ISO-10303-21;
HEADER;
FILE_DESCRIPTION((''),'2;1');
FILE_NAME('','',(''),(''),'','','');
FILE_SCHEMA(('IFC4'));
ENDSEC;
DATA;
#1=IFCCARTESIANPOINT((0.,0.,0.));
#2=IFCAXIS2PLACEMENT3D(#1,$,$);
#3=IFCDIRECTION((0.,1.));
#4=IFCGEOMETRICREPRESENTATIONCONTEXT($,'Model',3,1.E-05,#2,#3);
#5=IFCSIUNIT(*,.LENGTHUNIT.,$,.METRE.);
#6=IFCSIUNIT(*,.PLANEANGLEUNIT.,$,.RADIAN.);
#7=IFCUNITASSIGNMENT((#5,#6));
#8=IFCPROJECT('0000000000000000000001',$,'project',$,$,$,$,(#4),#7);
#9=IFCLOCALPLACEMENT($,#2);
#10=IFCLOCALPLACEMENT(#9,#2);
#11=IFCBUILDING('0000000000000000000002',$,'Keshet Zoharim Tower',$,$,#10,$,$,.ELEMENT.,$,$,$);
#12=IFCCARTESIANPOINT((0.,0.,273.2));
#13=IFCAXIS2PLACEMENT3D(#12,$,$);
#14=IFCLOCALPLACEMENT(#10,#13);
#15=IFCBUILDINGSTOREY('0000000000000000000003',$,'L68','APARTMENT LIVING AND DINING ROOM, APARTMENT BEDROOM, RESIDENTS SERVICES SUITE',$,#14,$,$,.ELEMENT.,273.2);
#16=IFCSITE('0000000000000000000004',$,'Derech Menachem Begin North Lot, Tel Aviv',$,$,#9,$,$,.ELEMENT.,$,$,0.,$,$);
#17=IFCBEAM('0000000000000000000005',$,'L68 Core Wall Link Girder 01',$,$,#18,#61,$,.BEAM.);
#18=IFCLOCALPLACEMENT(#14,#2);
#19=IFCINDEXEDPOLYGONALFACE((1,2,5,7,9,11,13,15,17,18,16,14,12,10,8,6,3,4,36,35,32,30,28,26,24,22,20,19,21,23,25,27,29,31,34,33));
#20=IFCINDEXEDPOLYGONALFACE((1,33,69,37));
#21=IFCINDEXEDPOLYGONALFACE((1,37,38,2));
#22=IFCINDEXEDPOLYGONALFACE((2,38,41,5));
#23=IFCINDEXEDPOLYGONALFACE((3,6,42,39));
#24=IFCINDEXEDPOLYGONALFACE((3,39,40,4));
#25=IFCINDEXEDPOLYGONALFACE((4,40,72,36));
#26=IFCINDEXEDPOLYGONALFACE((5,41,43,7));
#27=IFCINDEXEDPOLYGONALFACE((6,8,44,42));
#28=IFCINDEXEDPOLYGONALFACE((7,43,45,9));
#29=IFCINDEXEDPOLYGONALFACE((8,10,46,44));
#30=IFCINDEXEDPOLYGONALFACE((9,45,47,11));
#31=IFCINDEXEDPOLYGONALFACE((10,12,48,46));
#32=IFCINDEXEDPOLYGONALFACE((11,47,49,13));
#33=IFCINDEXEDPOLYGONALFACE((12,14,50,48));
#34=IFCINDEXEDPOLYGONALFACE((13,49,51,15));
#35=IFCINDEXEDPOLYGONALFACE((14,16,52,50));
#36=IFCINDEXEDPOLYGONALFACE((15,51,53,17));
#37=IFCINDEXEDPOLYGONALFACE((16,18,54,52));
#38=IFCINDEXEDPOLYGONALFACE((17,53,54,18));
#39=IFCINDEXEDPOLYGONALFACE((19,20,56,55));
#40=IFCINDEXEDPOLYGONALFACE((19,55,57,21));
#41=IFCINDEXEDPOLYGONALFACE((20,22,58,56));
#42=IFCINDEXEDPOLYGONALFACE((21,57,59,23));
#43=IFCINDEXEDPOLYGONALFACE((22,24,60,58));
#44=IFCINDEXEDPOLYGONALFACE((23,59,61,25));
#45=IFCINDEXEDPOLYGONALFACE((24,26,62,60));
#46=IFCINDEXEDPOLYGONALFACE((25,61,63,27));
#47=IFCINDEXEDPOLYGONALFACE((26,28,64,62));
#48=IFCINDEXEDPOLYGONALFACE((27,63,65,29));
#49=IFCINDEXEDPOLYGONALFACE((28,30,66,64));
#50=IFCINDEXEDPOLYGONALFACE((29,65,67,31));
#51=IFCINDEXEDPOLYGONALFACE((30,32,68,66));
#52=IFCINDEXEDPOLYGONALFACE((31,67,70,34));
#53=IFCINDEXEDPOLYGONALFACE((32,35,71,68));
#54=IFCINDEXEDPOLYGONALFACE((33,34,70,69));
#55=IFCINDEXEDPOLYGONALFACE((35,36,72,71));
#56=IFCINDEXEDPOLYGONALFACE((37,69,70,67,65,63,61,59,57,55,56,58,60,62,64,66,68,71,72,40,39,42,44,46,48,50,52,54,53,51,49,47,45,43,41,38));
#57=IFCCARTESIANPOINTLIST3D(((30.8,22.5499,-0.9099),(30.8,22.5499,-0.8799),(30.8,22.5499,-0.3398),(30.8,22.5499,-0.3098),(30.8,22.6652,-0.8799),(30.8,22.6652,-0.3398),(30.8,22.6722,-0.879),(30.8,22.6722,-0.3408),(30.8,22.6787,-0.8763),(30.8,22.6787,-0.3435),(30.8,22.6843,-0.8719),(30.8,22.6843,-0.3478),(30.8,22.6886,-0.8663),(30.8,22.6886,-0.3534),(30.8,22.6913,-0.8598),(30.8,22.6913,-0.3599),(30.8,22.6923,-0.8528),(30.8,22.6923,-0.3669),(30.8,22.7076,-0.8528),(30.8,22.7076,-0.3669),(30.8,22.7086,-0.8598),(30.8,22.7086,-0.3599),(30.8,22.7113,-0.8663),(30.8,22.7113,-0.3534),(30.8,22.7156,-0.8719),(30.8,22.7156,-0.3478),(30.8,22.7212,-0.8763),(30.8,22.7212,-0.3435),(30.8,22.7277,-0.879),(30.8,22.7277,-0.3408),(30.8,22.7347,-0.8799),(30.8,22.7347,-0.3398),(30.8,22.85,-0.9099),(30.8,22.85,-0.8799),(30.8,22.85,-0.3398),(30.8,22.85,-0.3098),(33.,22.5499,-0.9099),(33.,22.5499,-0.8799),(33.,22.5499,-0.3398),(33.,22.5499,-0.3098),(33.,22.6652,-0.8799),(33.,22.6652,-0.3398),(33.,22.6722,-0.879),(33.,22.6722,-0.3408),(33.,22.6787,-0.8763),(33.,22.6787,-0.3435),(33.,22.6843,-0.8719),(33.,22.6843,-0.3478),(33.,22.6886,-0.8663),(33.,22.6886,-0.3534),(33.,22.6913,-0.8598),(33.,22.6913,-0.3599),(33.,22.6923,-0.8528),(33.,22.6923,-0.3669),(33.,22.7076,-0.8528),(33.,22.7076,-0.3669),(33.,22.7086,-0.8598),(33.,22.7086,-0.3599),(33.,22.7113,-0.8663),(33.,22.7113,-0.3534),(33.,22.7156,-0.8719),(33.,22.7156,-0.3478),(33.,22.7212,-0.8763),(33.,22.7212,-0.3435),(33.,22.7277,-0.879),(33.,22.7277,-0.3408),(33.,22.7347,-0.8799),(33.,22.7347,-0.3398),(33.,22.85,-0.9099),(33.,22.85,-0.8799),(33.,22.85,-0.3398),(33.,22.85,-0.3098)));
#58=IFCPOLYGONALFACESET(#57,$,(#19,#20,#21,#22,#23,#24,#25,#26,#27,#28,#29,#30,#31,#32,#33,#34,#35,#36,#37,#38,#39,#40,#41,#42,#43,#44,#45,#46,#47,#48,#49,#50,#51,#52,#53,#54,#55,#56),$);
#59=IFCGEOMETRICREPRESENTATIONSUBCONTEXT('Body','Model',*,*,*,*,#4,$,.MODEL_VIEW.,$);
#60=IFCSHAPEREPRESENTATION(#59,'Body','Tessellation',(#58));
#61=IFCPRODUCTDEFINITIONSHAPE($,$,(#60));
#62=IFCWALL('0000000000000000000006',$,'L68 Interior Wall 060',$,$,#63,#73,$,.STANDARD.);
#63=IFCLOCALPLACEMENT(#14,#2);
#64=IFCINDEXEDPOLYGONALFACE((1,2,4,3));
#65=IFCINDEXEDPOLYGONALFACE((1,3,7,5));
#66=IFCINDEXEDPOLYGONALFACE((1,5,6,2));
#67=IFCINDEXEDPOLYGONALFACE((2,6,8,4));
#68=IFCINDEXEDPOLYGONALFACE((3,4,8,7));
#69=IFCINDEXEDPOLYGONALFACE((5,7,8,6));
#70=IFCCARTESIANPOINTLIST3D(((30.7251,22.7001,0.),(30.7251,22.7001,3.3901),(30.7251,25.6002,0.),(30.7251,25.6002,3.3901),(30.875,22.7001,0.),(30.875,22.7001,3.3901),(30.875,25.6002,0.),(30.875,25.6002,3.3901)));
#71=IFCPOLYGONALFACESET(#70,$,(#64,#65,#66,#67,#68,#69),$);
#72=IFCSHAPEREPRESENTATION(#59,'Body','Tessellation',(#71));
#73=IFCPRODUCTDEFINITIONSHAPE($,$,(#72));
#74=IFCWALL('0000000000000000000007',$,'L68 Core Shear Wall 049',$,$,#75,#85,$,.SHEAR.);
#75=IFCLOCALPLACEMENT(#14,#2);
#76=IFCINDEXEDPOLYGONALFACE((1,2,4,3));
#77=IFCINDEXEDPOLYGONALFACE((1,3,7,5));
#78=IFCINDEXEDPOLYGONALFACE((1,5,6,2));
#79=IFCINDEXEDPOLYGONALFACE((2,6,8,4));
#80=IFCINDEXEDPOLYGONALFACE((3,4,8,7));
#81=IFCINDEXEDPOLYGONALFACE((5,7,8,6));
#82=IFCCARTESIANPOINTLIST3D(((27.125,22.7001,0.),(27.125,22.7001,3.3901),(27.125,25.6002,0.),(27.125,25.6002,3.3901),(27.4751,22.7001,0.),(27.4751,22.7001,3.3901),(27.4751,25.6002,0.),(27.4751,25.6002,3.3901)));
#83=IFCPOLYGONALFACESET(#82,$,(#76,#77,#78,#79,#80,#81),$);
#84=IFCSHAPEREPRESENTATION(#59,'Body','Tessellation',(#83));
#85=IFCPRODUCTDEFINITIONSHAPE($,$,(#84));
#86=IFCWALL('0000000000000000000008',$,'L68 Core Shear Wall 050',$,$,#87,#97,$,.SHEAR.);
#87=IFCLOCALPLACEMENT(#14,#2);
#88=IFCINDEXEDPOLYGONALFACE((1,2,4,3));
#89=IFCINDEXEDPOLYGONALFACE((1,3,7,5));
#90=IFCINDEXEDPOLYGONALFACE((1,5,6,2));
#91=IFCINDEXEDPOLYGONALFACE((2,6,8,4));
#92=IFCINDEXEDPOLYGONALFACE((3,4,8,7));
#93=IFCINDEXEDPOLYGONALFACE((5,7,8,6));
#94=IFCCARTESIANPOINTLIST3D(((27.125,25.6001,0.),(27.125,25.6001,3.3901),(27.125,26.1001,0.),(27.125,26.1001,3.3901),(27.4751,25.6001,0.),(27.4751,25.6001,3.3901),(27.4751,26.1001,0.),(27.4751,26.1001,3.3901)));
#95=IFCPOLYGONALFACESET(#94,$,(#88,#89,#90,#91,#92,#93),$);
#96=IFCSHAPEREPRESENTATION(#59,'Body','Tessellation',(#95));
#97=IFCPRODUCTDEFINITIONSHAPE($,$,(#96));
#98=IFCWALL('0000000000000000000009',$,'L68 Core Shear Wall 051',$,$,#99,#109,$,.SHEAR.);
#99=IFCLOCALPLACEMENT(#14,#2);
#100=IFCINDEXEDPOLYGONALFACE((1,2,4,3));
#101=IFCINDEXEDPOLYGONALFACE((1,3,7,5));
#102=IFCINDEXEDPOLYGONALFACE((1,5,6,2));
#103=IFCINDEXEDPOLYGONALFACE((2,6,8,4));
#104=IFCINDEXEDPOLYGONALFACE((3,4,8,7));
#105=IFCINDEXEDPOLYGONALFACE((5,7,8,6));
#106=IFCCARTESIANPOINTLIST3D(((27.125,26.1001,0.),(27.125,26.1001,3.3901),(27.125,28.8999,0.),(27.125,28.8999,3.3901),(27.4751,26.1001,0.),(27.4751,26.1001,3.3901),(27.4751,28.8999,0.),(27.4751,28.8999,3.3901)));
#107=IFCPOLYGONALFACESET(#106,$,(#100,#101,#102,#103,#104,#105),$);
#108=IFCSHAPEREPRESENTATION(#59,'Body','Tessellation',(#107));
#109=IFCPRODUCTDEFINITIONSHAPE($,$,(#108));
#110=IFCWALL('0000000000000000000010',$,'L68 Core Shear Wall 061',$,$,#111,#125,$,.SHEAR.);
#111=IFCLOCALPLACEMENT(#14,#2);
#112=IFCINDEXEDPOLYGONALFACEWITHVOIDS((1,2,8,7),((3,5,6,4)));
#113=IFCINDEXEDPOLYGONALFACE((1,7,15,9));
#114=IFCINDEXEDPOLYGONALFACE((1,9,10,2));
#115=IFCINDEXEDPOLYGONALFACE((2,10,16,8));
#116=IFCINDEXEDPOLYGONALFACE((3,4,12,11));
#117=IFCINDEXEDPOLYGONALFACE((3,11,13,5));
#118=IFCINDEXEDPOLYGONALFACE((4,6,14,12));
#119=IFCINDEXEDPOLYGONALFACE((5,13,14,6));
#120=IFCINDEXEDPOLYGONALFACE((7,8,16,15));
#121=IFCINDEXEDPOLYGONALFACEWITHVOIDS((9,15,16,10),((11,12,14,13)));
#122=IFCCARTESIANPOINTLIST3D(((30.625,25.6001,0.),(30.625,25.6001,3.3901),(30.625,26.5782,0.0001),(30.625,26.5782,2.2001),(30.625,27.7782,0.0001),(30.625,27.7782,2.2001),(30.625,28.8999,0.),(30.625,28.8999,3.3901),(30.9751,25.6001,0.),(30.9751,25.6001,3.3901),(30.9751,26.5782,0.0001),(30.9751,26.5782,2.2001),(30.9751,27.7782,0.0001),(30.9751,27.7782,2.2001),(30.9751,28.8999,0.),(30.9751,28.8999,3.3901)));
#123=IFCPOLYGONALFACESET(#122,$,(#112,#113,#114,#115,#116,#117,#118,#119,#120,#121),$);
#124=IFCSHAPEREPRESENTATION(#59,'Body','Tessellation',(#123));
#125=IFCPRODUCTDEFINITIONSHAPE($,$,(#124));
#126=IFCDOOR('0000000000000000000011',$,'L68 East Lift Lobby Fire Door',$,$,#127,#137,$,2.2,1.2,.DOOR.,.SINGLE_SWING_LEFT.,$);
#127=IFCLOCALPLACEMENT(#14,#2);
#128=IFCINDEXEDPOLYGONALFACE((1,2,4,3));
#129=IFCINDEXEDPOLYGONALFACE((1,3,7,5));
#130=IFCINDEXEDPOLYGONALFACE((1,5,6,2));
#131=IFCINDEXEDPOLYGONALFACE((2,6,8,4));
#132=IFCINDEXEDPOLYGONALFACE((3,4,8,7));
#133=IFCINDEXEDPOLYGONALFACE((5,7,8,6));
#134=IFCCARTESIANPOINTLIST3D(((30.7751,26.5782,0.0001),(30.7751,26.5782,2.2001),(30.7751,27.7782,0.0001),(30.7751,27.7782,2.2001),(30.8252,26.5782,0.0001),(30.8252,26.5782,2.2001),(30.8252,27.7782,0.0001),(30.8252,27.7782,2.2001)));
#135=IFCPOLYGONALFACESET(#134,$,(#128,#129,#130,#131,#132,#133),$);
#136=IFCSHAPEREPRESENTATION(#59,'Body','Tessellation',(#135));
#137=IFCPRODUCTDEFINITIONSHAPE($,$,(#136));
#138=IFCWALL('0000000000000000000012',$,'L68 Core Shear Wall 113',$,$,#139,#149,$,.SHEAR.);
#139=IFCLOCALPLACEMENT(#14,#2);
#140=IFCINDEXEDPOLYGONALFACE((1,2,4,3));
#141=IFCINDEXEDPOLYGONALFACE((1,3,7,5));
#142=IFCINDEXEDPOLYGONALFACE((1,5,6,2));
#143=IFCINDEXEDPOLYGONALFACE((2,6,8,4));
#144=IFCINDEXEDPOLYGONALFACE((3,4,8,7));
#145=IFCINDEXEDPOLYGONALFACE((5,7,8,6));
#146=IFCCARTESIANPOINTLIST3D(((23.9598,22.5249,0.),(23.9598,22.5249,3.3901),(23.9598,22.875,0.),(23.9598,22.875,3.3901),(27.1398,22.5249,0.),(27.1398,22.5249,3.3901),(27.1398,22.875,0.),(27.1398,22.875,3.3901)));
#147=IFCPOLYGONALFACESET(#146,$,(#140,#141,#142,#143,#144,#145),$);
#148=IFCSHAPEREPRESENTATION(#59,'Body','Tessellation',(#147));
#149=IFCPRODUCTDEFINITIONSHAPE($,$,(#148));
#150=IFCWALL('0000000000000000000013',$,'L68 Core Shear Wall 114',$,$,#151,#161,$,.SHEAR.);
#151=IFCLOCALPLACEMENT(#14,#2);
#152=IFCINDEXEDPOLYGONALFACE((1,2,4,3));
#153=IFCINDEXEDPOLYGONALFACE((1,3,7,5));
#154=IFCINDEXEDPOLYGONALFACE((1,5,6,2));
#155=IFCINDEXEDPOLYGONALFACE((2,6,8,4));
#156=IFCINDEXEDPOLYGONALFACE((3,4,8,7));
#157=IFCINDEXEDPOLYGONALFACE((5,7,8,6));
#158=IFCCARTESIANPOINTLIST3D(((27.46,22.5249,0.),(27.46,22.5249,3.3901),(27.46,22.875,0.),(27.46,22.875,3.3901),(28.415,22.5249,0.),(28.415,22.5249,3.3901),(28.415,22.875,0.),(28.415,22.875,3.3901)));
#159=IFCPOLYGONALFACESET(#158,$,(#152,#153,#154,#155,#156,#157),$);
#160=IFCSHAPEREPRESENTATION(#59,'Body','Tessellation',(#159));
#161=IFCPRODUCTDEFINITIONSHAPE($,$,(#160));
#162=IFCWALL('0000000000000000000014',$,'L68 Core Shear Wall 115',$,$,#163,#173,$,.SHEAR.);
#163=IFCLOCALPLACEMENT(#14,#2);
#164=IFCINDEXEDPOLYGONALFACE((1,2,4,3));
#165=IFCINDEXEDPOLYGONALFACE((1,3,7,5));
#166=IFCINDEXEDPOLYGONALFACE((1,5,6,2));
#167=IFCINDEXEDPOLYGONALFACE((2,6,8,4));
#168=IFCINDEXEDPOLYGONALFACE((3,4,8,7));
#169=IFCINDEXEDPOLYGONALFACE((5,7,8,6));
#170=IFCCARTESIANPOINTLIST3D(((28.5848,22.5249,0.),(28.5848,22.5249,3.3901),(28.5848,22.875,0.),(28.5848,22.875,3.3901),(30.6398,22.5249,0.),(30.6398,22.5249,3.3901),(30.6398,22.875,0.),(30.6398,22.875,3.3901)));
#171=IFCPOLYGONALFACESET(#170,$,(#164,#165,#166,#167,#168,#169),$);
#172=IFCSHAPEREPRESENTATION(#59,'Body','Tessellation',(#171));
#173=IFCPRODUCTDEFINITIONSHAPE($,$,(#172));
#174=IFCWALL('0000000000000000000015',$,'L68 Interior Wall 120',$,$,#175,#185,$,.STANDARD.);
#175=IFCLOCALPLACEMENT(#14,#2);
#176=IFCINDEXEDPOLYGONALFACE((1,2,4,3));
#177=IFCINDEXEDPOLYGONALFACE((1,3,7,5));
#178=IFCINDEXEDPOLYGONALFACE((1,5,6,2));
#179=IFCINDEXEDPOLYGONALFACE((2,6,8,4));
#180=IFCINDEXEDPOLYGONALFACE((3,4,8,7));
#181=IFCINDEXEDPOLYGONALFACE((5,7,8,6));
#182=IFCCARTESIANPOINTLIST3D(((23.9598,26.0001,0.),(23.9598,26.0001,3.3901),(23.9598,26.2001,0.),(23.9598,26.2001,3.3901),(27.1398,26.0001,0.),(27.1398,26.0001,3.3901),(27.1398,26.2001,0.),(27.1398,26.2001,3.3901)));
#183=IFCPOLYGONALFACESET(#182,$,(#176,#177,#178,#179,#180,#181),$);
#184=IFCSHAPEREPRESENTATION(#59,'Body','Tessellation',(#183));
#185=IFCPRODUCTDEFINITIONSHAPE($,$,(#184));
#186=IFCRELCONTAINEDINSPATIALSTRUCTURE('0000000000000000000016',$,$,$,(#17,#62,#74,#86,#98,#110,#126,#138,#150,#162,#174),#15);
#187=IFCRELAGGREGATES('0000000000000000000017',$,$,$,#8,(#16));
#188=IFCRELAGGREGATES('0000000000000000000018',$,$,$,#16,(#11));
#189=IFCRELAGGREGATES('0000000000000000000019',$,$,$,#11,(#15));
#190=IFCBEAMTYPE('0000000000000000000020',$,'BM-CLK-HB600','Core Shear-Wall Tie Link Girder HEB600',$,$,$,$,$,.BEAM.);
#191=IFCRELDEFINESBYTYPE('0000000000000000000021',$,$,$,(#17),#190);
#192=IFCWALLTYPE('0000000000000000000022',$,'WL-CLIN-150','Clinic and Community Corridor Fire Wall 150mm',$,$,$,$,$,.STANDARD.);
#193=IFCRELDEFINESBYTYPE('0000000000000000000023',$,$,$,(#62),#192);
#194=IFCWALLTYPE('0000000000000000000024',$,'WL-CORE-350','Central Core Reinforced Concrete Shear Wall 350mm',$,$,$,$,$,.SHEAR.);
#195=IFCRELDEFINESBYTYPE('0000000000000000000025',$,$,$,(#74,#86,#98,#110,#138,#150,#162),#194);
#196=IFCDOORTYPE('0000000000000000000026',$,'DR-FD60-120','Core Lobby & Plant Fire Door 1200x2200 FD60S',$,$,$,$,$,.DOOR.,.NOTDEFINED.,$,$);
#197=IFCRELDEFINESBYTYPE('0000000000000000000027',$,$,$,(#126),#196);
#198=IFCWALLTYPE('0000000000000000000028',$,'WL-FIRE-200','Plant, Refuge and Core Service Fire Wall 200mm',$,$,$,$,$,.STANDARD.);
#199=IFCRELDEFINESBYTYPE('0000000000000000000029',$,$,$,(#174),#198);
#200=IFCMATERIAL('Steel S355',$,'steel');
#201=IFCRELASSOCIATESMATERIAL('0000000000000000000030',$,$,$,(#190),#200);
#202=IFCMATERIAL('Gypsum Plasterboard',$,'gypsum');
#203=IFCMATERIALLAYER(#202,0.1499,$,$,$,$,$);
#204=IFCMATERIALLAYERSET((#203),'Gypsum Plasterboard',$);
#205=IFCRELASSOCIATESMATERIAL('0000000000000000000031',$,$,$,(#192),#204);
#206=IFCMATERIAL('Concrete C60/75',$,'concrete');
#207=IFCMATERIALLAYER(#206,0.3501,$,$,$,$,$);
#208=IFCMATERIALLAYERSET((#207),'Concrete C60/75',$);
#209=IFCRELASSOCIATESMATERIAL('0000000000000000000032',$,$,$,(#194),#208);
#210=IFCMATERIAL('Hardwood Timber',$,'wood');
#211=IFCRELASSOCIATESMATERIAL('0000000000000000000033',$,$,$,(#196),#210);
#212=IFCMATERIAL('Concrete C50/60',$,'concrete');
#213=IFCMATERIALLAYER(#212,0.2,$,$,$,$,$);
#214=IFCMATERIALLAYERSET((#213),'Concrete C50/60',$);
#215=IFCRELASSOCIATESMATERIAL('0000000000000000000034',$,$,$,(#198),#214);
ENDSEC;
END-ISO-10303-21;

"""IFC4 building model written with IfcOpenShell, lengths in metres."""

from ifc_helpers import new_model, si_unit, direction, frame, frame_2d, origin, origin_2d, place, context, subcontext, project, spatial, rectangle, i_section, extrude, material, layer, layer_set, material_profile, profile_set, type_object, element, fill, save


model = new_model("IFC4")

# Units and contexts
model_context = context("Model", 3, precision=1e-05, world=origin(), true_north=direction((0.0, 1.0)))
body_context = subcontext(model_context, "Body", "Model", "MODEL_VIEW")
ifc_project = project(units=[si_unit("LENGTHUNIT", "METRE"), si_unit("PLANEANGLEUNIT", "RADIAN")], contexts=[model_context])

# Site, building, storey
site_placement = place(None, origin())
site = spatial("IfcSite", under=ifc_project, at=site_placement, Name="Derech Menachem Begin North Lot, Tel Aviv", CompositionType="ELEMENT", RefElevation=0.0)
building_placement = place(site_placement, origin())
building = spatial("IfcBuilding", under=site, at=building_placement, Name="Keshet Zoharim Tower", CompositionType="ELEMENT")
storey_placement = place(building_placement, frame((0.0, 0.0, 273.2)))
storey = spatial("IfcBuildingStorey", under=building, at=storey_placement, Name="L68", Description="APARTMENT LIVING AND DINING ROOM, APARTMENT BEDROOM, RESIDENTS SERVICES SUITE", CompositionType="ELEMENT", Elevation=273.2)

# Beam
ifc_material_1 = material(Name="Steel S355", Category="steel")
ifc_material_profile = material_profile(ifc_material_1, i_section(OverallWidth=0.3, OverallDepth=0.6001, WebThickness=0.0154, FlangeThickness=0.03, FilletRadius=0.0271, at=origin_2d()), Name="HEB600")
ifc_profile_set = profile_set([ifc_material_profile], Name="Steel S355")
beam_type = type_object("IfcBeamType", Name="BM-CLK-HB600", Description="Core Shear-Wall Tie Link Girder HEB600", PredefinedType="BEAM", material=ifc_profile_set)
beam_placement = place(storey_placement, frame((30.8, 22.7, -0.6099), z_axis=(1.0, 0.0, 0.0), x_axis=(0.0, 1.0, 0.0)))
element("IfcBeam", 1, at=beam_placement, inside=storey, type_object=beam_type, Name="L68 Core Wall Link Girder 01", PredefinedType="BEAM", context=body_context, shape_type="SweptSolid", body=[
    extrude(i_section(OverallWidth=0.3, OverallDepth=0.6001, WebThickness=0.0154, FlangeThickness=0.03, FilletRadius=0.0271, at=origin_2d()), origin(), (0.0, 0.0, 1.0), 2.2),
])

# Wall
ifc_material_2 = material(Name="Gypsum Plasterboard", Category="gypsum")
ifc_layer_1 = layer(ifc_material_2, 0.1499)
ifc_layer_set_1 = layer_set([ifc_layer_1], Name="Gypsum Plasterboard")
wall_type_1 = type_object("IfcWallType", Name="WL-CLIN-150", Description="Clinic and Community Corridor Fire Wall 150mm", PredefinedType="STANDARD", material=ifc_layer_set_1)
wall_1_placement = place(storey_placement, frame((30.8, 22.7, 0.0), z_axis=(0.0, 0.0, 1.0), x_axis=(0.0, 1.0, 0.0)))
element("IfcWall", 2, at=wall_1_placement, inside=storey, type_object=wall_type_1, Name="L68 Interior Wall 060", PredefinedType="STANDARD", context=body_context, shape_type="SweptSolid", body=[
    extrude(rectangle(XDim=2.9001, YDim=0.1499, at=frame_2d((1.4502, 0.0))), origin(), (0.0, 0.0, 1.0), 3.3901),
])

# Shared definitions
ifc_material_3 = material(Name="Concrete C60/75", Category="concrete")
ifc_layer_2 = layer(ifc_material_3, 0.3501)
ifc_layer_set_2 = layer_set([ifc_layer_2], Name="Concrete C60/75")
wall_type_2 = type_object("IfcWallType", Name="WL-CORE-350", Description="Central Core Reinforced Concrete Shear Wall 350mm", PredefinedType="SHEAR", material=ifc_layer_set_2)
ifc_material_4 = material(Name="Hardwood Timber", Category="wood")

# Walls
wall_2_placement = place(storey_placement, frame((27.3, 22.7, 0.0), z_axis=(0.0, 0.0, 1.0), x_axis=(0.0, 1.0, 0.0)))
element("IfcWall", 3, at=wall_2_placement, inside=storey, type_object=wall_type_2, Name="L68 Core Shear Wall 049", PredefinedType="SHEAR", context=body_context, shape_type="SweptSolid", body=[
    extrude(rectangle(XDim=2.9001, YDim=0.3501, at=frame_2d((1.4502, 0.0))), origin(), (0.0, 0.0, 1.0), 3.3901),
])
wall_3_placement = place(storey_placement, frame((27.3, 25.6001, 0.0), z_axis=(0.0, 0.0, 1.0), x_axis=(0.0, 1.0, 0.0)))
element("IfcWall", 4, at=wall_3_placement, inside=storey, type_object=wall_type_2, Name="L68 Core Shear Wall 050", PredefinedType="SHEAR", context=body_context, shape_type="SweptSolid", body=[
    extrude(rectangle(XDim=0.5, YDim=0.3501, at=frame_2d((0.25, 0.0))), origin(), (0.0, 0.0, 1.0), 3.3901),
])
wall_4_placement = place(storey_placement, frame((27.3, 26.1001, 0.0), z_axis=(0.0, 0.0, 1.0), x_axis=(0.0, 1.0, 0.0)))
element("IfcWall", 5, at=wall_4_placement, inside=storey, type_object=wall_type_2, Name="L68 Core Shear Wall 051", PredefinedType="SHEAR", context=body_context, shape_type="SweptSolid", body=[
    extrude(rectangle(XDim=2.7998, YDim=0.3501, at=frame_2d((1.3999, 0.0))), origin(), (0.0, 0.0, 1.0), 3.3901),
])

# Wall, opening, door
wall_5_placement = place(storey_placement, frame((30.8, 25.6001, 0.0), z_axis=(0.0, 0.0, 1.0), x_axis=(0.0, 1.0, 0.0)))
wall_5 = element("IfcWall", 6, at=wall_5_placement, inside=storey, type_object=wall_type_2, Name="L68 Core Shear Wall 061", PredefinedType="SHEAR", context=body_context, shape_type="SweptSolid", body=[
    extrude(rectangle(XDim=3.2998, YDim=0.3501, at=frame_2d((1.6499, 0.0))), origin(), (0.0, 0.0, 1.0), 3.3901),
])
opening_1_placement = place(wall_5_placement, frame((0.978, 0.0, 0.0)))
opening_1 = element("IfcOpeningElement", 7, at=opening_1_placement, cuts=wall_5, PredefinedType="OPENING", context=body_context, shape_type="SweptSolid", body=[
    extrude(rectangle(XDim=1.2, YDim=2.2, at=frame_2d((0.6001, 1.1001))), frame((0.0, 0.1851, 0.0), z_axis=(0.0, -1.0, 0.0), x_axis=(1.0, 0.0, 0.0)), (0.0, 0.0, 1.0), 0.3701),
])
door_type_1 = type_object("IfcDoorType", Name="DR-FD60-120", Description="Core Lobby & Plant Fire Door 1200x2200 FD60S", OperationType="NOTDEFINED", PredefinedType="DOOR", material=ifc_material_4)
door_1_placement = place(opening_1_placement, origin())
door_1 = element("IfcDoor", 8, at=door_1_placement, inside=storey, type_object=door_type_1, Name="L68 East Lift Lobby Fire Door", OperationType="SINGLE_SWING_LEFT", OverallHeight=2.2, OverallWidth=1.2, PredefinedType="DOOR", context=body_context, shape_type="SweptSolid", body=[
    extrude(rectangle(XDim=1.2, YDim=2.2, at=frame_2d((0.6001, 1.1001))), frame((0.0, 0.0249, 0.0), z_axis=(0.0, -1.0, 0.0), x_axis=(1.0, 0.0, 0.0)), (0.0, 0.0, 1.0), 0.05),
])
fill(opening_1, door_1)

# Walls
wall_6_placement = place(storey_placement, frame((23.96, 22.7, 0.0), z_axis=(0.0, 0.0, 1.0), x_axis=(1.0, 0.0, 0.0)))
element("IfcWall", 9, at=wall_6_placement, inside=storey, type_object=wall_type_2, Name="L68 Core Shear Wall 113", PredefinedType="SHEAR", context=body_context, shape_type="SweptSolid", body=[
    extrude(rectangle(XDim=3.1799, YDim=0.3501, at=frame_2d((1.5898, 0.0))), origin(), (0.0, 0.0, 1.0), 3.3901),
])
wall_7_placement = place(storey_placement, frame((27.46, 22.7, 0.0), z_axis=(0.0, 0.0, 1.0), x_axis=(1.0, 0.0, 0.0)))
element("IfcWall", 10, at=wall_7_placement, inside=storey, type_object=wall_type_2, Name="L68 Core Shear Wall 114", PredefinedType="SHEAR", context=body_context, shape_type="SweptSolid", body=[
    extrude(rectangle(XDim=0.9551, YDim=0.3501, at=frame_2d((0.4775, 0.0))), origin(), (0.0, 0.0, 1.0), 3.3901),
])
wall_8_placement = place(storey_placement, frame((28.585, 22.7, 0.0), z_axis=(0.0, 0.0, 1.0), x_axis=(1.0, 0.0, 0.0)))
element("IfcWall", 11, at=wall_8_placement, inside=storey, type_object=wall_type_2, Name="L68 Core Shear Wall 115", PredefinedType="SHEAR", context=body_context, shape_type="SweptSolid", body=[
    extrude(rectangle(XDim=2.0549, YDim=0.3501, at=frame_2d((1.0273, 0.0))), origin(), (0.0, 0.0, 1.0), 3.3901),
])

# Wall
ifc_material_5 = material(Name="Concrete C50/60", Category="concrete")
ifc_layer_3 = layer(ifc_material_5, 0.2)
ifc_layer_set_3 = layer_set([ifc_layer_3], Name="Concrete C50/60")
wall_type_3 = type_object("IfcWallType", Name="WL-FIRE-200", Description="Plant, Refuge and Core Service Fire Wall 200mm", PredefinedType="STANDARD", material=ifc_layer_set_3)
wall_9_placement = place(storey_placement, frame((23.96, 26.1001, 0.0), z_axis=(0.0, 0.0, 1.0), x_axis=(1.0, 0.0, 0.0)))
element("IfcWall", 12, at=wall_9_placement, inside=storey, type_object=wall_type_3, Name="L68 Interior Wall 120", PredefinedType="STANDARD", context=body_context, shape_type="SweptSolid", body=[
    extrude(rectangle(XDim=3.1799, YDim=0.2, at=frame_2d((1.5898, 0.0))), origin(), (0.0, 0.0, 1.0), 3.3901),
])

save(model, "model.ifc")
